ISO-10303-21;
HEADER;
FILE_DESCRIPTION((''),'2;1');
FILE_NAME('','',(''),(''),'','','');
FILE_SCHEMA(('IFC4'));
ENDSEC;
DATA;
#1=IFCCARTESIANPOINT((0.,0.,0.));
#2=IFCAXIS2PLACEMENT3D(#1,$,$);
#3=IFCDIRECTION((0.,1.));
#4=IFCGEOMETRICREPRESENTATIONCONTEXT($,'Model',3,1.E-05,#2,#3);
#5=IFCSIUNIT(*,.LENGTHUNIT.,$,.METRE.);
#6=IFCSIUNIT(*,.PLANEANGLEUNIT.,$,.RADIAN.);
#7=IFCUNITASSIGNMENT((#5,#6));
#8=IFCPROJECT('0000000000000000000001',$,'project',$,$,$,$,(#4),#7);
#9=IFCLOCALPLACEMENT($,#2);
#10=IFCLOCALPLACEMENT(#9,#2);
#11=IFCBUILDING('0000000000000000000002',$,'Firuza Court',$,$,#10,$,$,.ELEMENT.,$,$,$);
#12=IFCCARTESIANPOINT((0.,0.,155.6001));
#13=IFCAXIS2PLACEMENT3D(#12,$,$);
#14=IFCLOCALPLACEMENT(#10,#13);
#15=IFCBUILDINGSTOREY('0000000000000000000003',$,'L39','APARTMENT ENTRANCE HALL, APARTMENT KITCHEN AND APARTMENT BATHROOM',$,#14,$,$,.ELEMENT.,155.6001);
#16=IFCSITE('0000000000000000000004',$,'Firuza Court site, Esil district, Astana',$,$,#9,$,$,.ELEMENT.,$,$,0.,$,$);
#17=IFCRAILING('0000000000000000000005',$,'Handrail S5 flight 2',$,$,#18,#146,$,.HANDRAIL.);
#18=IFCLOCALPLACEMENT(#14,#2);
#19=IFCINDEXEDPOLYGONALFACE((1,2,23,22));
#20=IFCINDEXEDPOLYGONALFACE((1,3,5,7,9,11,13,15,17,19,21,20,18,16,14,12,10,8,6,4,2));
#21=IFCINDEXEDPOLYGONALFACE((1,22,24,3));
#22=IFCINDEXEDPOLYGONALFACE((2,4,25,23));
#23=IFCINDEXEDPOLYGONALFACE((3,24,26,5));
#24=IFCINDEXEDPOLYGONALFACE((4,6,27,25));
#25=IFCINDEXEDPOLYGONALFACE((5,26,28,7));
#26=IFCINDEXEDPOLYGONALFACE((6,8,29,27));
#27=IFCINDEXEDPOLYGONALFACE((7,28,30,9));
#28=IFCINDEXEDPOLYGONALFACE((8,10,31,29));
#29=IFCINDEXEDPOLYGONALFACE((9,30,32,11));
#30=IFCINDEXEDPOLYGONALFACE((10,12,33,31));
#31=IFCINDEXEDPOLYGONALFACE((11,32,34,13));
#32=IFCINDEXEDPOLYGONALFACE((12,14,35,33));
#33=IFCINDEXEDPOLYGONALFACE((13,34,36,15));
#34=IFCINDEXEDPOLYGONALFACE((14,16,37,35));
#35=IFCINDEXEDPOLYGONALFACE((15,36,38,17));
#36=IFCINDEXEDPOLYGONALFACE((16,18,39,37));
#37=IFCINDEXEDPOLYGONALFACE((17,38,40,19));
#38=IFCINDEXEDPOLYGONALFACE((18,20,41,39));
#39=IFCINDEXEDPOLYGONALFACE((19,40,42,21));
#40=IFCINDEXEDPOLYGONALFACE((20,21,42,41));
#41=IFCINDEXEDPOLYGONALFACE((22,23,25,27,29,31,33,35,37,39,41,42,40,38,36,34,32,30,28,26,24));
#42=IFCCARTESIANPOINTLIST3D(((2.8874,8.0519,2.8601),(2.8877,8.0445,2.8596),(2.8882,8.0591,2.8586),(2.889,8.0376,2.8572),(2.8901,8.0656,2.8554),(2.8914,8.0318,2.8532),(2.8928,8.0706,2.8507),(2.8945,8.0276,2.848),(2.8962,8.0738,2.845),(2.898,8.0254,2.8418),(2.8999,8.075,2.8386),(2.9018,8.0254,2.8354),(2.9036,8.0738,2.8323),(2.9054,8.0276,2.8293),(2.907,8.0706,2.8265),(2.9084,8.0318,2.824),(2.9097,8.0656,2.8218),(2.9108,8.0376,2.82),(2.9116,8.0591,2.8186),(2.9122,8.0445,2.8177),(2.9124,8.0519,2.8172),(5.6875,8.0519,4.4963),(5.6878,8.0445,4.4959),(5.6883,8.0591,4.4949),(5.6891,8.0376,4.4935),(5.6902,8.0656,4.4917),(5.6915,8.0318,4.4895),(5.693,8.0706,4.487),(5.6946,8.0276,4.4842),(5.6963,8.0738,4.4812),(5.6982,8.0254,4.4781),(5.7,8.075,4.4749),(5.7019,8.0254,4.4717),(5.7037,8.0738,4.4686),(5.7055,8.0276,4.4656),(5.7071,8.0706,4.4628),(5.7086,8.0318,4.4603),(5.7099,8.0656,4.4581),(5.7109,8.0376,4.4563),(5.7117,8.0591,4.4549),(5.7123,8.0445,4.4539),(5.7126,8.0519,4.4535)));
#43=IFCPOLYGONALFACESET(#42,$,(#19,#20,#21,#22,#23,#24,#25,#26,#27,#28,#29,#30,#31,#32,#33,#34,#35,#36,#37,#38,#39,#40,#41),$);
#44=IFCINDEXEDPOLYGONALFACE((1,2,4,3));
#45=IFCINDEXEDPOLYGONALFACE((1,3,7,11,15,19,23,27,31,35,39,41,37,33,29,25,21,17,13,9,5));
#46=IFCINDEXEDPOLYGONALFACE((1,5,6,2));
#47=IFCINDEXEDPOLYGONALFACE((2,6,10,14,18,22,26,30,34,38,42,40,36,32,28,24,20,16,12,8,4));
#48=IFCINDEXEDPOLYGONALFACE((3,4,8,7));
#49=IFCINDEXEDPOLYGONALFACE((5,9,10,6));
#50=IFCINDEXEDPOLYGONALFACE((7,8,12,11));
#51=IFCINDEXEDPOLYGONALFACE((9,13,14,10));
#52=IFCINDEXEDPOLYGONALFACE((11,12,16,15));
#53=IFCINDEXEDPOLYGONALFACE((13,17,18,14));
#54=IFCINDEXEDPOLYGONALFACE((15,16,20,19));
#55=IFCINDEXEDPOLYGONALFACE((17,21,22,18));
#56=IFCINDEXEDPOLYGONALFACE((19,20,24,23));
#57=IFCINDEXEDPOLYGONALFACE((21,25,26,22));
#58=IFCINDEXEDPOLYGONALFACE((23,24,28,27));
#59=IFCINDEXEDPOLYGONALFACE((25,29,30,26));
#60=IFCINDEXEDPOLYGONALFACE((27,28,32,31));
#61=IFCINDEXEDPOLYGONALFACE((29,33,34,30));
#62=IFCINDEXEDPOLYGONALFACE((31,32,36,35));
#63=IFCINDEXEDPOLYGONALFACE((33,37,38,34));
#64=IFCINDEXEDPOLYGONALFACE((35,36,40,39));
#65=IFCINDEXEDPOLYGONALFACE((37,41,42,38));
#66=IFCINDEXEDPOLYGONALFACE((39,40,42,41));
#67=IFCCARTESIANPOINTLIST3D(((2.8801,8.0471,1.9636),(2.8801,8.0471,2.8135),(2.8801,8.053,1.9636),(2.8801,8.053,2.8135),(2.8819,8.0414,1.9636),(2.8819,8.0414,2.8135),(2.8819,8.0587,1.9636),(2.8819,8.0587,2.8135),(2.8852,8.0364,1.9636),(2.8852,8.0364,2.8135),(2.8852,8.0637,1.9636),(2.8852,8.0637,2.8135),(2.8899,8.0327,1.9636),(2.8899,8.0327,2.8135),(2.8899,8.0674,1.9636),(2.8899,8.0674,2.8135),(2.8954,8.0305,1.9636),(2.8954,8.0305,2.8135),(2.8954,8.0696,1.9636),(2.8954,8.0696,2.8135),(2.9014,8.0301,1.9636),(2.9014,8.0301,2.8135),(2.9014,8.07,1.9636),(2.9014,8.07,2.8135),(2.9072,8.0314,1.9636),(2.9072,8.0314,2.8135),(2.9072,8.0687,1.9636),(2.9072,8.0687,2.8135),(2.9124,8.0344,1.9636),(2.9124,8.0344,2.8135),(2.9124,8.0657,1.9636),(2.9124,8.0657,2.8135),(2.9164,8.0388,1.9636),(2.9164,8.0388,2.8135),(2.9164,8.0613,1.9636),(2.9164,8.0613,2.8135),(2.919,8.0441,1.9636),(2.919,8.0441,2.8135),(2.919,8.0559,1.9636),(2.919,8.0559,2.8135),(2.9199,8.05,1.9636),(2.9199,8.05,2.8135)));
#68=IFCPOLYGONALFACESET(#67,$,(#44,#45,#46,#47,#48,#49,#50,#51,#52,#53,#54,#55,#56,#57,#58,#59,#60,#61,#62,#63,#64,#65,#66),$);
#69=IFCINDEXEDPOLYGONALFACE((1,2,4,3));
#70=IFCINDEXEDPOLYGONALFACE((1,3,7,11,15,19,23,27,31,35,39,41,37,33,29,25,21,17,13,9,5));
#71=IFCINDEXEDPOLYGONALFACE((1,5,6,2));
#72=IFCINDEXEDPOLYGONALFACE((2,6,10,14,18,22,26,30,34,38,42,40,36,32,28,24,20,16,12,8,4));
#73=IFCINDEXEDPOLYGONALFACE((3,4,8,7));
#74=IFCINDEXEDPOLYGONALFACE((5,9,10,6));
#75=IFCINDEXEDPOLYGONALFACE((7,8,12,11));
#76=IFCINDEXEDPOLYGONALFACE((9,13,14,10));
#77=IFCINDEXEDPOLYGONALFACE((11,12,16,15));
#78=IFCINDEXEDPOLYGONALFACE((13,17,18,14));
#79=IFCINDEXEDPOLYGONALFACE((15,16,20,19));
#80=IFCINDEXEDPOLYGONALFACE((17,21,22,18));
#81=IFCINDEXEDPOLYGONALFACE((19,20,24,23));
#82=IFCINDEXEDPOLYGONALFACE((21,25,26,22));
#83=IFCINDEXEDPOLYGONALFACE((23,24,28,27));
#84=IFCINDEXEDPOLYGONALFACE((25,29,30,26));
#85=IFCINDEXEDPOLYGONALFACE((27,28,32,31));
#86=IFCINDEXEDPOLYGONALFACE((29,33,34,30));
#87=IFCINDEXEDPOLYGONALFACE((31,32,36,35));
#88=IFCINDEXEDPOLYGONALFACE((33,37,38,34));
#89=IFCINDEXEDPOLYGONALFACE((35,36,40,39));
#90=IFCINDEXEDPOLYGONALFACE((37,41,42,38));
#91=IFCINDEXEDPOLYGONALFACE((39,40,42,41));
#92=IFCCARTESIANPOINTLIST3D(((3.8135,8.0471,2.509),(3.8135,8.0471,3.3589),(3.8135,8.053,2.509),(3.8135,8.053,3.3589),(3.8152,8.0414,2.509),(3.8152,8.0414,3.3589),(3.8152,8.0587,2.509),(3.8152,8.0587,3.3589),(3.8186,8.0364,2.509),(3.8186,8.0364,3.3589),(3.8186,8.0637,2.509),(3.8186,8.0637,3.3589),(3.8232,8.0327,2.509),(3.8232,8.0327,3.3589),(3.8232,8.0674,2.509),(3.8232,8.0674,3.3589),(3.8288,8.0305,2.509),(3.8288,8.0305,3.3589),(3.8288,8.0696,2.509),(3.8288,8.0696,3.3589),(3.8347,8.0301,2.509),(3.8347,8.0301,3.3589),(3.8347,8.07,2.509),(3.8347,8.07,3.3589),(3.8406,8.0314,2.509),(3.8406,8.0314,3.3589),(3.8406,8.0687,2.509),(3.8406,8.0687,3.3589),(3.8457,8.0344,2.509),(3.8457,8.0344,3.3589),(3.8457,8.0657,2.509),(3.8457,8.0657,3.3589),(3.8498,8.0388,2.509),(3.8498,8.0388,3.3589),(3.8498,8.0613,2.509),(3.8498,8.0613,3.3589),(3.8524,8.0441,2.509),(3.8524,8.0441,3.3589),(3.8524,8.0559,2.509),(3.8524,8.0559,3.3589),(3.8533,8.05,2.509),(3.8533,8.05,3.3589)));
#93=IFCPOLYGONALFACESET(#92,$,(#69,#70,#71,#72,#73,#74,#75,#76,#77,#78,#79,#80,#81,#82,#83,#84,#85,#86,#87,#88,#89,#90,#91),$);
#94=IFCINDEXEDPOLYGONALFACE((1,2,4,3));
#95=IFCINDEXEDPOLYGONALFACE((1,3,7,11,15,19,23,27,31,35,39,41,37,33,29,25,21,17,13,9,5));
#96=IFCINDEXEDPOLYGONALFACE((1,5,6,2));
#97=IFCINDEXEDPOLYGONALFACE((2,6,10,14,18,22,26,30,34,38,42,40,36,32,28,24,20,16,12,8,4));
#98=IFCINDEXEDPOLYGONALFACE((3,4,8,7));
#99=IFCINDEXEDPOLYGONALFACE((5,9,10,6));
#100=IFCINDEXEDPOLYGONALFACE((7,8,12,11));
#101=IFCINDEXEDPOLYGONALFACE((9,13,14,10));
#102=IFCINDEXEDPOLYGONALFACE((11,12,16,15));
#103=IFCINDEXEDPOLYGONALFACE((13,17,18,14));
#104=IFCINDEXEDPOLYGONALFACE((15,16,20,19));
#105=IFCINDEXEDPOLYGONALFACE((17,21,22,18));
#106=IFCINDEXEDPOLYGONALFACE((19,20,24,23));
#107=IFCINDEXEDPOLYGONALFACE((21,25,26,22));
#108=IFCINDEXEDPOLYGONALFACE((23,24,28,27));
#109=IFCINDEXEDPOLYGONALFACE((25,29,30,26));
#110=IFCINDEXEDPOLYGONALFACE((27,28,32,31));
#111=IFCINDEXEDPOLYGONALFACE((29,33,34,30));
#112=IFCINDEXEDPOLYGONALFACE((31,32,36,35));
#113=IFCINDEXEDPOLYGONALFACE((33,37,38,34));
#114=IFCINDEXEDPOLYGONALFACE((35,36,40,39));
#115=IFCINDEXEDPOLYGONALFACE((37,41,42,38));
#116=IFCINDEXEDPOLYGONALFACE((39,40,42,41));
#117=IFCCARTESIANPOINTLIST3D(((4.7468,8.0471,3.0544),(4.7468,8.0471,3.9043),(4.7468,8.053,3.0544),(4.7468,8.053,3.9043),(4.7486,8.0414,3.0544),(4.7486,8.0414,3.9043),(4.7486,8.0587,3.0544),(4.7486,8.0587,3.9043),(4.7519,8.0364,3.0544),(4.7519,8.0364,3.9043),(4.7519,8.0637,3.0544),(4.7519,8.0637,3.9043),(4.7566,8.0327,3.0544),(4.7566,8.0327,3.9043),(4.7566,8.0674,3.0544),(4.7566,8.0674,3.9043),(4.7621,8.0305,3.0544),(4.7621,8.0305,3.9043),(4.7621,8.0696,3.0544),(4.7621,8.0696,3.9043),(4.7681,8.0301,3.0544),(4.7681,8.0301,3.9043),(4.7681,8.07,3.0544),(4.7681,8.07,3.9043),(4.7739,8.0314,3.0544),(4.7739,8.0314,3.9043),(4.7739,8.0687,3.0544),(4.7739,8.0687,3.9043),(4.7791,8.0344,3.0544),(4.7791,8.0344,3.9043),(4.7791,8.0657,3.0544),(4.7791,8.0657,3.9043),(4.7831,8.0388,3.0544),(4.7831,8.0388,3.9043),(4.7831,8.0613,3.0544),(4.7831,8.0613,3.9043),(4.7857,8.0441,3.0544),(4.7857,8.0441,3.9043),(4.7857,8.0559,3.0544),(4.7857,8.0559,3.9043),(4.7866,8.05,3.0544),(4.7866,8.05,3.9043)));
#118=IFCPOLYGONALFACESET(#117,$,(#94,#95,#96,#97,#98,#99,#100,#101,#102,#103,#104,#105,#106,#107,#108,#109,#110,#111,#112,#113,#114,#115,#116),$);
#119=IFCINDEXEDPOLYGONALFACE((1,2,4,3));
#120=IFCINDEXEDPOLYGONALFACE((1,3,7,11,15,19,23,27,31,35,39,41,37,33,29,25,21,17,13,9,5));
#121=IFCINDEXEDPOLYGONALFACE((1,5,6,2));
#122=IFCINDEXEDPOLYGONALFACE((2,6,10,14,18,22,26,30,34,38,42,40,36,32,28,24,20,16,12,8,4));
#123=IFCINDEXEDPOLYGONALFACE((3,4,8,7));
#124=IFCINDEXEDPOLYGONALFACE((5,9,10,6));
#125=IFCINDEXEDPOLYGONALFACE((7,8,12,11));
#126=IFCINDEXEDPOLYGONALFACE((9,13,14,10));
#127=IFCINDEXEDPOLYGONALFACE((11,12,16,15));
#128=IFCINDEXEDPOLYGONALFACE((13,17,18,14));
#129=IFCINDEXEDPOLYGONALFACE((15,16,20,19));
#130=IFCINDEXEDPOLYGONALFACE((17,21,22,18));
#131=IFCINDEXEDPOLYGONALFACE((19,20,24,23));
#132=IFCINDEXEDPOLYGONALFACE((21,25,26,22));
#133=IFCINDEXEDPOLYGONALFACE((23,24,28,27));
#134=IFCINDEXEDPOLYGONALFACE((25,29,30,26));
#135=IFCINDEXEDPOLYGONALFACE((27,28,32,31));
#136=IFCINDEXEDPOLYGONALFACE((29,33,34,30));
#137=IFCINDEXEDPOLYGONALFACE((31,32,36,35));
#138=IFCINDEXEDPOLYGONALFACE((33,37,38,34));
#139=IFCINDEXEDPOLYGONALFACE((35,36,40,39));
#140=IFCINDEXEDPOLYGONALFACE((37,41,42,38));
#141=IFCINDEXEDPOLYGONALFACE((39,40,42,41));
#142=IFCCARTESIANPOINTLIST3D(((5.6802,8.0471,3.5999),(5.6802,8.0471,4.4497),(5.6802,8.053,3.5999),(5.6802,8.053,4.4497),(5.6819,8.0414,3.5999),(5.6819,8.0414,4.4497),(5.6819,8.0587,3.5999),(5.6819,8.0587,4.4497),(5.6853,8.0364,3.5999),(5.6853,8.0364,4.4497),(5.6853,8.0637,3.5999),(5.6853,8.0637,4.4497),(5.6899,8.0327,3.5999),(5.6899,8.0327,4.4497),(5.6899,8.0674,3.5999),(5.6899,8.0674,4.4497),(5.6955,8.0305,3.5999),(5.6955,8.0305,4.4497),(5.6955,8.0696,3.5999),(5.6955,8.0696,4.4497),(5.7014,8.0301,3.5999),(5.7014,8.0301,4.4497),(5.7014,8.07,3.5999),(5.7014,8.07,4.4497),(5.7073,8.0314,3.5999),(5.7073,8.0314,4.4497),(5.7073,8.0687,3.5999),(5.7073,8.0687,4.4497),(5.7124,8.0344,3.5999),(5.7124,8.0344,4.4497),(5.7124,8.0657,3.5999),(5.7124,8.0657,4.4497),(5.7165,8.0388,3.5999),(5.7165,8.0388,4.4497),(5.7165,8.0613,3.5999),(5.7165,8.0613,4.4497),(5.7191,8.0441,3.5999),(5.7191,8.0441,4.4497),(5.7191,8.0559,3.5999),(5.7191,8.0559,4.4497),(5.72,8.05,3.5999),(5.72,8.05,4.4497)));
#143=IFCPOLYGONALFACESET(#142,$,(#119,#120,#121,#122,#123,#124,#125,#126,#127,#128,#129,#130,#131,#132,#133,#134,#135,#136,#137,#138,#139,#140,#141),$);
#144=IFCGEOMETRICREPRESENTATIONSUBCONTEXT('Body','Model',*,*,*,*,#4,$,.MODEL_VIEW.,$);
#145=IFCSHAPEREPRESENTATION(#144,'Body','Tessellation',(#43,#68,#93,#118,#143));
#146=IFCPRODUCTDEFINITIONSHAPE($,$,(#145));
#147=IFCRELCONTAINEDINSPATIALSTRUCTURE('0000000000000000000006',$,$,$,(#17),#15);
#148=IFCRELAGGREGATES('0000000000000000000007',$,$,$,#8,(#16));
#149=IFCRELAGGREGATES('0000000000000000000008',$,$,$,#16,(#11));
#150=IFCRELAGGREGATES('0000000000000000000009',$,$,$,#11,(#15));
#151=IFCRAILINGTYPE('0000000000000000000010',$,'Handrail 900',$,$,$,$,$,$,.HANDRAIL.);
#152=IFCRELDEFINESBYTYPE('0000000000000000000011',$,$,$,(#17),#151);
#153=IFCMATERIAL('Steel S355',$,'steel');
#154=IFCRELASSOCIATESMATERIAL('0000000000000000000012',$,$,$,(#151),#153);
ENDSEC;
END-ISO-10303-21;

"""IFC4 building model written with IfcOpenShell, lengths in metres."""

from ifc_helpers import new_model, si_unit, direction, frame, origin, origin_2d, place, context, subcontext, project, spatial, circle, extrude, material, type_object, element, save


model = new_model("IFC4")

# Units and contexts
model_context = context("Model", 3, precision=1e-05, world=origin(), true_north=direction((0.0, 1.0)))
body_context = subcontext(model_context, "Body", "Model", "MODEL_VIEW")
ifc_project = project(units=[si_unit("LENGTHUNIT", "METRE"), si_unit("PLANEANGLEUNIT", "RADIAN")], contexts=[model_context])

# Site, building, storey
site_placement = place(None, origin())
site = spatial("IfcSite", under=ifc_project, at=site_placement, Name="Firuza Court site, Esil district, Astana", CompositionType="ELEMENT", RefElevation=0.0)
building_placement = place(site_placement, origin())
building = spatial("IfcBuilding", under=site, at=building_placement, Name="Firuza Court", CompositionType="ELEMENT")
storey_placement = place(building_placement, frame((0.0, 0.0, 155.6001)))
storey = spatial("IfcBuildingStorey", under=building, at=storey_placement, Name="L39", Description="APARTMENT ENTRANCE HALL, APARTMENT KITCHEN AND APARTMENT BATHROOM", CompositionType="ELEMENT", Elevation=155.6001)

# Railing
ifc_material_1 = material(Name="Steel S355", Category="steel")
railing_type_1 = type_object("IfcRailingType", Name="Handrail 900", PredefinedType="HANDRAIL", material=ifc_material_1)
railing_1_placement = place(storey_placement, frame((2.8999, 8.05, 1.9636)))
element("IfcRailing", 1, at=railing_1_placement, inside=storey, type_object=railing_type_1, Name="Handrail S5 flight 2", PredefinedType="HANDRAIL", context=body_context, shape_type="SweptSolid", body=[
    extrude(circle(Radius=0.0249, at=origin_2d()), frame((0.0, 0.0, 0.875), z_axis=(0.863394, 0.0, 0.504531), x_axis=(0.0, 1.0, 0.0)), (0.0, 0.0, 1.0), 3.2432),
    extrude(circle(Radius=0.02, at=origin_2d()), origin(), (0.0, 0.0, 1.0), 0.8499),
    extrude(circle(Radius=0.02, at=origin_2d()), frame((0.9333, 0.0, 0.5454)), (0.0, 0.0, 1.0), 0.8499),
    extrude(circle(Radius=0.02, at=origin_2d()), frame((1.8667, 0.0, 1.0908)), (0.0, 0.0, 1.0), 0.8499),
    extrude(circle(Radius=0.02, at=origin_2d()), frame((2.8, 0.0, 1.6362)), (0.0, 0.0, 1.0), 0.8499),
])

save(model, "model.ifc")
